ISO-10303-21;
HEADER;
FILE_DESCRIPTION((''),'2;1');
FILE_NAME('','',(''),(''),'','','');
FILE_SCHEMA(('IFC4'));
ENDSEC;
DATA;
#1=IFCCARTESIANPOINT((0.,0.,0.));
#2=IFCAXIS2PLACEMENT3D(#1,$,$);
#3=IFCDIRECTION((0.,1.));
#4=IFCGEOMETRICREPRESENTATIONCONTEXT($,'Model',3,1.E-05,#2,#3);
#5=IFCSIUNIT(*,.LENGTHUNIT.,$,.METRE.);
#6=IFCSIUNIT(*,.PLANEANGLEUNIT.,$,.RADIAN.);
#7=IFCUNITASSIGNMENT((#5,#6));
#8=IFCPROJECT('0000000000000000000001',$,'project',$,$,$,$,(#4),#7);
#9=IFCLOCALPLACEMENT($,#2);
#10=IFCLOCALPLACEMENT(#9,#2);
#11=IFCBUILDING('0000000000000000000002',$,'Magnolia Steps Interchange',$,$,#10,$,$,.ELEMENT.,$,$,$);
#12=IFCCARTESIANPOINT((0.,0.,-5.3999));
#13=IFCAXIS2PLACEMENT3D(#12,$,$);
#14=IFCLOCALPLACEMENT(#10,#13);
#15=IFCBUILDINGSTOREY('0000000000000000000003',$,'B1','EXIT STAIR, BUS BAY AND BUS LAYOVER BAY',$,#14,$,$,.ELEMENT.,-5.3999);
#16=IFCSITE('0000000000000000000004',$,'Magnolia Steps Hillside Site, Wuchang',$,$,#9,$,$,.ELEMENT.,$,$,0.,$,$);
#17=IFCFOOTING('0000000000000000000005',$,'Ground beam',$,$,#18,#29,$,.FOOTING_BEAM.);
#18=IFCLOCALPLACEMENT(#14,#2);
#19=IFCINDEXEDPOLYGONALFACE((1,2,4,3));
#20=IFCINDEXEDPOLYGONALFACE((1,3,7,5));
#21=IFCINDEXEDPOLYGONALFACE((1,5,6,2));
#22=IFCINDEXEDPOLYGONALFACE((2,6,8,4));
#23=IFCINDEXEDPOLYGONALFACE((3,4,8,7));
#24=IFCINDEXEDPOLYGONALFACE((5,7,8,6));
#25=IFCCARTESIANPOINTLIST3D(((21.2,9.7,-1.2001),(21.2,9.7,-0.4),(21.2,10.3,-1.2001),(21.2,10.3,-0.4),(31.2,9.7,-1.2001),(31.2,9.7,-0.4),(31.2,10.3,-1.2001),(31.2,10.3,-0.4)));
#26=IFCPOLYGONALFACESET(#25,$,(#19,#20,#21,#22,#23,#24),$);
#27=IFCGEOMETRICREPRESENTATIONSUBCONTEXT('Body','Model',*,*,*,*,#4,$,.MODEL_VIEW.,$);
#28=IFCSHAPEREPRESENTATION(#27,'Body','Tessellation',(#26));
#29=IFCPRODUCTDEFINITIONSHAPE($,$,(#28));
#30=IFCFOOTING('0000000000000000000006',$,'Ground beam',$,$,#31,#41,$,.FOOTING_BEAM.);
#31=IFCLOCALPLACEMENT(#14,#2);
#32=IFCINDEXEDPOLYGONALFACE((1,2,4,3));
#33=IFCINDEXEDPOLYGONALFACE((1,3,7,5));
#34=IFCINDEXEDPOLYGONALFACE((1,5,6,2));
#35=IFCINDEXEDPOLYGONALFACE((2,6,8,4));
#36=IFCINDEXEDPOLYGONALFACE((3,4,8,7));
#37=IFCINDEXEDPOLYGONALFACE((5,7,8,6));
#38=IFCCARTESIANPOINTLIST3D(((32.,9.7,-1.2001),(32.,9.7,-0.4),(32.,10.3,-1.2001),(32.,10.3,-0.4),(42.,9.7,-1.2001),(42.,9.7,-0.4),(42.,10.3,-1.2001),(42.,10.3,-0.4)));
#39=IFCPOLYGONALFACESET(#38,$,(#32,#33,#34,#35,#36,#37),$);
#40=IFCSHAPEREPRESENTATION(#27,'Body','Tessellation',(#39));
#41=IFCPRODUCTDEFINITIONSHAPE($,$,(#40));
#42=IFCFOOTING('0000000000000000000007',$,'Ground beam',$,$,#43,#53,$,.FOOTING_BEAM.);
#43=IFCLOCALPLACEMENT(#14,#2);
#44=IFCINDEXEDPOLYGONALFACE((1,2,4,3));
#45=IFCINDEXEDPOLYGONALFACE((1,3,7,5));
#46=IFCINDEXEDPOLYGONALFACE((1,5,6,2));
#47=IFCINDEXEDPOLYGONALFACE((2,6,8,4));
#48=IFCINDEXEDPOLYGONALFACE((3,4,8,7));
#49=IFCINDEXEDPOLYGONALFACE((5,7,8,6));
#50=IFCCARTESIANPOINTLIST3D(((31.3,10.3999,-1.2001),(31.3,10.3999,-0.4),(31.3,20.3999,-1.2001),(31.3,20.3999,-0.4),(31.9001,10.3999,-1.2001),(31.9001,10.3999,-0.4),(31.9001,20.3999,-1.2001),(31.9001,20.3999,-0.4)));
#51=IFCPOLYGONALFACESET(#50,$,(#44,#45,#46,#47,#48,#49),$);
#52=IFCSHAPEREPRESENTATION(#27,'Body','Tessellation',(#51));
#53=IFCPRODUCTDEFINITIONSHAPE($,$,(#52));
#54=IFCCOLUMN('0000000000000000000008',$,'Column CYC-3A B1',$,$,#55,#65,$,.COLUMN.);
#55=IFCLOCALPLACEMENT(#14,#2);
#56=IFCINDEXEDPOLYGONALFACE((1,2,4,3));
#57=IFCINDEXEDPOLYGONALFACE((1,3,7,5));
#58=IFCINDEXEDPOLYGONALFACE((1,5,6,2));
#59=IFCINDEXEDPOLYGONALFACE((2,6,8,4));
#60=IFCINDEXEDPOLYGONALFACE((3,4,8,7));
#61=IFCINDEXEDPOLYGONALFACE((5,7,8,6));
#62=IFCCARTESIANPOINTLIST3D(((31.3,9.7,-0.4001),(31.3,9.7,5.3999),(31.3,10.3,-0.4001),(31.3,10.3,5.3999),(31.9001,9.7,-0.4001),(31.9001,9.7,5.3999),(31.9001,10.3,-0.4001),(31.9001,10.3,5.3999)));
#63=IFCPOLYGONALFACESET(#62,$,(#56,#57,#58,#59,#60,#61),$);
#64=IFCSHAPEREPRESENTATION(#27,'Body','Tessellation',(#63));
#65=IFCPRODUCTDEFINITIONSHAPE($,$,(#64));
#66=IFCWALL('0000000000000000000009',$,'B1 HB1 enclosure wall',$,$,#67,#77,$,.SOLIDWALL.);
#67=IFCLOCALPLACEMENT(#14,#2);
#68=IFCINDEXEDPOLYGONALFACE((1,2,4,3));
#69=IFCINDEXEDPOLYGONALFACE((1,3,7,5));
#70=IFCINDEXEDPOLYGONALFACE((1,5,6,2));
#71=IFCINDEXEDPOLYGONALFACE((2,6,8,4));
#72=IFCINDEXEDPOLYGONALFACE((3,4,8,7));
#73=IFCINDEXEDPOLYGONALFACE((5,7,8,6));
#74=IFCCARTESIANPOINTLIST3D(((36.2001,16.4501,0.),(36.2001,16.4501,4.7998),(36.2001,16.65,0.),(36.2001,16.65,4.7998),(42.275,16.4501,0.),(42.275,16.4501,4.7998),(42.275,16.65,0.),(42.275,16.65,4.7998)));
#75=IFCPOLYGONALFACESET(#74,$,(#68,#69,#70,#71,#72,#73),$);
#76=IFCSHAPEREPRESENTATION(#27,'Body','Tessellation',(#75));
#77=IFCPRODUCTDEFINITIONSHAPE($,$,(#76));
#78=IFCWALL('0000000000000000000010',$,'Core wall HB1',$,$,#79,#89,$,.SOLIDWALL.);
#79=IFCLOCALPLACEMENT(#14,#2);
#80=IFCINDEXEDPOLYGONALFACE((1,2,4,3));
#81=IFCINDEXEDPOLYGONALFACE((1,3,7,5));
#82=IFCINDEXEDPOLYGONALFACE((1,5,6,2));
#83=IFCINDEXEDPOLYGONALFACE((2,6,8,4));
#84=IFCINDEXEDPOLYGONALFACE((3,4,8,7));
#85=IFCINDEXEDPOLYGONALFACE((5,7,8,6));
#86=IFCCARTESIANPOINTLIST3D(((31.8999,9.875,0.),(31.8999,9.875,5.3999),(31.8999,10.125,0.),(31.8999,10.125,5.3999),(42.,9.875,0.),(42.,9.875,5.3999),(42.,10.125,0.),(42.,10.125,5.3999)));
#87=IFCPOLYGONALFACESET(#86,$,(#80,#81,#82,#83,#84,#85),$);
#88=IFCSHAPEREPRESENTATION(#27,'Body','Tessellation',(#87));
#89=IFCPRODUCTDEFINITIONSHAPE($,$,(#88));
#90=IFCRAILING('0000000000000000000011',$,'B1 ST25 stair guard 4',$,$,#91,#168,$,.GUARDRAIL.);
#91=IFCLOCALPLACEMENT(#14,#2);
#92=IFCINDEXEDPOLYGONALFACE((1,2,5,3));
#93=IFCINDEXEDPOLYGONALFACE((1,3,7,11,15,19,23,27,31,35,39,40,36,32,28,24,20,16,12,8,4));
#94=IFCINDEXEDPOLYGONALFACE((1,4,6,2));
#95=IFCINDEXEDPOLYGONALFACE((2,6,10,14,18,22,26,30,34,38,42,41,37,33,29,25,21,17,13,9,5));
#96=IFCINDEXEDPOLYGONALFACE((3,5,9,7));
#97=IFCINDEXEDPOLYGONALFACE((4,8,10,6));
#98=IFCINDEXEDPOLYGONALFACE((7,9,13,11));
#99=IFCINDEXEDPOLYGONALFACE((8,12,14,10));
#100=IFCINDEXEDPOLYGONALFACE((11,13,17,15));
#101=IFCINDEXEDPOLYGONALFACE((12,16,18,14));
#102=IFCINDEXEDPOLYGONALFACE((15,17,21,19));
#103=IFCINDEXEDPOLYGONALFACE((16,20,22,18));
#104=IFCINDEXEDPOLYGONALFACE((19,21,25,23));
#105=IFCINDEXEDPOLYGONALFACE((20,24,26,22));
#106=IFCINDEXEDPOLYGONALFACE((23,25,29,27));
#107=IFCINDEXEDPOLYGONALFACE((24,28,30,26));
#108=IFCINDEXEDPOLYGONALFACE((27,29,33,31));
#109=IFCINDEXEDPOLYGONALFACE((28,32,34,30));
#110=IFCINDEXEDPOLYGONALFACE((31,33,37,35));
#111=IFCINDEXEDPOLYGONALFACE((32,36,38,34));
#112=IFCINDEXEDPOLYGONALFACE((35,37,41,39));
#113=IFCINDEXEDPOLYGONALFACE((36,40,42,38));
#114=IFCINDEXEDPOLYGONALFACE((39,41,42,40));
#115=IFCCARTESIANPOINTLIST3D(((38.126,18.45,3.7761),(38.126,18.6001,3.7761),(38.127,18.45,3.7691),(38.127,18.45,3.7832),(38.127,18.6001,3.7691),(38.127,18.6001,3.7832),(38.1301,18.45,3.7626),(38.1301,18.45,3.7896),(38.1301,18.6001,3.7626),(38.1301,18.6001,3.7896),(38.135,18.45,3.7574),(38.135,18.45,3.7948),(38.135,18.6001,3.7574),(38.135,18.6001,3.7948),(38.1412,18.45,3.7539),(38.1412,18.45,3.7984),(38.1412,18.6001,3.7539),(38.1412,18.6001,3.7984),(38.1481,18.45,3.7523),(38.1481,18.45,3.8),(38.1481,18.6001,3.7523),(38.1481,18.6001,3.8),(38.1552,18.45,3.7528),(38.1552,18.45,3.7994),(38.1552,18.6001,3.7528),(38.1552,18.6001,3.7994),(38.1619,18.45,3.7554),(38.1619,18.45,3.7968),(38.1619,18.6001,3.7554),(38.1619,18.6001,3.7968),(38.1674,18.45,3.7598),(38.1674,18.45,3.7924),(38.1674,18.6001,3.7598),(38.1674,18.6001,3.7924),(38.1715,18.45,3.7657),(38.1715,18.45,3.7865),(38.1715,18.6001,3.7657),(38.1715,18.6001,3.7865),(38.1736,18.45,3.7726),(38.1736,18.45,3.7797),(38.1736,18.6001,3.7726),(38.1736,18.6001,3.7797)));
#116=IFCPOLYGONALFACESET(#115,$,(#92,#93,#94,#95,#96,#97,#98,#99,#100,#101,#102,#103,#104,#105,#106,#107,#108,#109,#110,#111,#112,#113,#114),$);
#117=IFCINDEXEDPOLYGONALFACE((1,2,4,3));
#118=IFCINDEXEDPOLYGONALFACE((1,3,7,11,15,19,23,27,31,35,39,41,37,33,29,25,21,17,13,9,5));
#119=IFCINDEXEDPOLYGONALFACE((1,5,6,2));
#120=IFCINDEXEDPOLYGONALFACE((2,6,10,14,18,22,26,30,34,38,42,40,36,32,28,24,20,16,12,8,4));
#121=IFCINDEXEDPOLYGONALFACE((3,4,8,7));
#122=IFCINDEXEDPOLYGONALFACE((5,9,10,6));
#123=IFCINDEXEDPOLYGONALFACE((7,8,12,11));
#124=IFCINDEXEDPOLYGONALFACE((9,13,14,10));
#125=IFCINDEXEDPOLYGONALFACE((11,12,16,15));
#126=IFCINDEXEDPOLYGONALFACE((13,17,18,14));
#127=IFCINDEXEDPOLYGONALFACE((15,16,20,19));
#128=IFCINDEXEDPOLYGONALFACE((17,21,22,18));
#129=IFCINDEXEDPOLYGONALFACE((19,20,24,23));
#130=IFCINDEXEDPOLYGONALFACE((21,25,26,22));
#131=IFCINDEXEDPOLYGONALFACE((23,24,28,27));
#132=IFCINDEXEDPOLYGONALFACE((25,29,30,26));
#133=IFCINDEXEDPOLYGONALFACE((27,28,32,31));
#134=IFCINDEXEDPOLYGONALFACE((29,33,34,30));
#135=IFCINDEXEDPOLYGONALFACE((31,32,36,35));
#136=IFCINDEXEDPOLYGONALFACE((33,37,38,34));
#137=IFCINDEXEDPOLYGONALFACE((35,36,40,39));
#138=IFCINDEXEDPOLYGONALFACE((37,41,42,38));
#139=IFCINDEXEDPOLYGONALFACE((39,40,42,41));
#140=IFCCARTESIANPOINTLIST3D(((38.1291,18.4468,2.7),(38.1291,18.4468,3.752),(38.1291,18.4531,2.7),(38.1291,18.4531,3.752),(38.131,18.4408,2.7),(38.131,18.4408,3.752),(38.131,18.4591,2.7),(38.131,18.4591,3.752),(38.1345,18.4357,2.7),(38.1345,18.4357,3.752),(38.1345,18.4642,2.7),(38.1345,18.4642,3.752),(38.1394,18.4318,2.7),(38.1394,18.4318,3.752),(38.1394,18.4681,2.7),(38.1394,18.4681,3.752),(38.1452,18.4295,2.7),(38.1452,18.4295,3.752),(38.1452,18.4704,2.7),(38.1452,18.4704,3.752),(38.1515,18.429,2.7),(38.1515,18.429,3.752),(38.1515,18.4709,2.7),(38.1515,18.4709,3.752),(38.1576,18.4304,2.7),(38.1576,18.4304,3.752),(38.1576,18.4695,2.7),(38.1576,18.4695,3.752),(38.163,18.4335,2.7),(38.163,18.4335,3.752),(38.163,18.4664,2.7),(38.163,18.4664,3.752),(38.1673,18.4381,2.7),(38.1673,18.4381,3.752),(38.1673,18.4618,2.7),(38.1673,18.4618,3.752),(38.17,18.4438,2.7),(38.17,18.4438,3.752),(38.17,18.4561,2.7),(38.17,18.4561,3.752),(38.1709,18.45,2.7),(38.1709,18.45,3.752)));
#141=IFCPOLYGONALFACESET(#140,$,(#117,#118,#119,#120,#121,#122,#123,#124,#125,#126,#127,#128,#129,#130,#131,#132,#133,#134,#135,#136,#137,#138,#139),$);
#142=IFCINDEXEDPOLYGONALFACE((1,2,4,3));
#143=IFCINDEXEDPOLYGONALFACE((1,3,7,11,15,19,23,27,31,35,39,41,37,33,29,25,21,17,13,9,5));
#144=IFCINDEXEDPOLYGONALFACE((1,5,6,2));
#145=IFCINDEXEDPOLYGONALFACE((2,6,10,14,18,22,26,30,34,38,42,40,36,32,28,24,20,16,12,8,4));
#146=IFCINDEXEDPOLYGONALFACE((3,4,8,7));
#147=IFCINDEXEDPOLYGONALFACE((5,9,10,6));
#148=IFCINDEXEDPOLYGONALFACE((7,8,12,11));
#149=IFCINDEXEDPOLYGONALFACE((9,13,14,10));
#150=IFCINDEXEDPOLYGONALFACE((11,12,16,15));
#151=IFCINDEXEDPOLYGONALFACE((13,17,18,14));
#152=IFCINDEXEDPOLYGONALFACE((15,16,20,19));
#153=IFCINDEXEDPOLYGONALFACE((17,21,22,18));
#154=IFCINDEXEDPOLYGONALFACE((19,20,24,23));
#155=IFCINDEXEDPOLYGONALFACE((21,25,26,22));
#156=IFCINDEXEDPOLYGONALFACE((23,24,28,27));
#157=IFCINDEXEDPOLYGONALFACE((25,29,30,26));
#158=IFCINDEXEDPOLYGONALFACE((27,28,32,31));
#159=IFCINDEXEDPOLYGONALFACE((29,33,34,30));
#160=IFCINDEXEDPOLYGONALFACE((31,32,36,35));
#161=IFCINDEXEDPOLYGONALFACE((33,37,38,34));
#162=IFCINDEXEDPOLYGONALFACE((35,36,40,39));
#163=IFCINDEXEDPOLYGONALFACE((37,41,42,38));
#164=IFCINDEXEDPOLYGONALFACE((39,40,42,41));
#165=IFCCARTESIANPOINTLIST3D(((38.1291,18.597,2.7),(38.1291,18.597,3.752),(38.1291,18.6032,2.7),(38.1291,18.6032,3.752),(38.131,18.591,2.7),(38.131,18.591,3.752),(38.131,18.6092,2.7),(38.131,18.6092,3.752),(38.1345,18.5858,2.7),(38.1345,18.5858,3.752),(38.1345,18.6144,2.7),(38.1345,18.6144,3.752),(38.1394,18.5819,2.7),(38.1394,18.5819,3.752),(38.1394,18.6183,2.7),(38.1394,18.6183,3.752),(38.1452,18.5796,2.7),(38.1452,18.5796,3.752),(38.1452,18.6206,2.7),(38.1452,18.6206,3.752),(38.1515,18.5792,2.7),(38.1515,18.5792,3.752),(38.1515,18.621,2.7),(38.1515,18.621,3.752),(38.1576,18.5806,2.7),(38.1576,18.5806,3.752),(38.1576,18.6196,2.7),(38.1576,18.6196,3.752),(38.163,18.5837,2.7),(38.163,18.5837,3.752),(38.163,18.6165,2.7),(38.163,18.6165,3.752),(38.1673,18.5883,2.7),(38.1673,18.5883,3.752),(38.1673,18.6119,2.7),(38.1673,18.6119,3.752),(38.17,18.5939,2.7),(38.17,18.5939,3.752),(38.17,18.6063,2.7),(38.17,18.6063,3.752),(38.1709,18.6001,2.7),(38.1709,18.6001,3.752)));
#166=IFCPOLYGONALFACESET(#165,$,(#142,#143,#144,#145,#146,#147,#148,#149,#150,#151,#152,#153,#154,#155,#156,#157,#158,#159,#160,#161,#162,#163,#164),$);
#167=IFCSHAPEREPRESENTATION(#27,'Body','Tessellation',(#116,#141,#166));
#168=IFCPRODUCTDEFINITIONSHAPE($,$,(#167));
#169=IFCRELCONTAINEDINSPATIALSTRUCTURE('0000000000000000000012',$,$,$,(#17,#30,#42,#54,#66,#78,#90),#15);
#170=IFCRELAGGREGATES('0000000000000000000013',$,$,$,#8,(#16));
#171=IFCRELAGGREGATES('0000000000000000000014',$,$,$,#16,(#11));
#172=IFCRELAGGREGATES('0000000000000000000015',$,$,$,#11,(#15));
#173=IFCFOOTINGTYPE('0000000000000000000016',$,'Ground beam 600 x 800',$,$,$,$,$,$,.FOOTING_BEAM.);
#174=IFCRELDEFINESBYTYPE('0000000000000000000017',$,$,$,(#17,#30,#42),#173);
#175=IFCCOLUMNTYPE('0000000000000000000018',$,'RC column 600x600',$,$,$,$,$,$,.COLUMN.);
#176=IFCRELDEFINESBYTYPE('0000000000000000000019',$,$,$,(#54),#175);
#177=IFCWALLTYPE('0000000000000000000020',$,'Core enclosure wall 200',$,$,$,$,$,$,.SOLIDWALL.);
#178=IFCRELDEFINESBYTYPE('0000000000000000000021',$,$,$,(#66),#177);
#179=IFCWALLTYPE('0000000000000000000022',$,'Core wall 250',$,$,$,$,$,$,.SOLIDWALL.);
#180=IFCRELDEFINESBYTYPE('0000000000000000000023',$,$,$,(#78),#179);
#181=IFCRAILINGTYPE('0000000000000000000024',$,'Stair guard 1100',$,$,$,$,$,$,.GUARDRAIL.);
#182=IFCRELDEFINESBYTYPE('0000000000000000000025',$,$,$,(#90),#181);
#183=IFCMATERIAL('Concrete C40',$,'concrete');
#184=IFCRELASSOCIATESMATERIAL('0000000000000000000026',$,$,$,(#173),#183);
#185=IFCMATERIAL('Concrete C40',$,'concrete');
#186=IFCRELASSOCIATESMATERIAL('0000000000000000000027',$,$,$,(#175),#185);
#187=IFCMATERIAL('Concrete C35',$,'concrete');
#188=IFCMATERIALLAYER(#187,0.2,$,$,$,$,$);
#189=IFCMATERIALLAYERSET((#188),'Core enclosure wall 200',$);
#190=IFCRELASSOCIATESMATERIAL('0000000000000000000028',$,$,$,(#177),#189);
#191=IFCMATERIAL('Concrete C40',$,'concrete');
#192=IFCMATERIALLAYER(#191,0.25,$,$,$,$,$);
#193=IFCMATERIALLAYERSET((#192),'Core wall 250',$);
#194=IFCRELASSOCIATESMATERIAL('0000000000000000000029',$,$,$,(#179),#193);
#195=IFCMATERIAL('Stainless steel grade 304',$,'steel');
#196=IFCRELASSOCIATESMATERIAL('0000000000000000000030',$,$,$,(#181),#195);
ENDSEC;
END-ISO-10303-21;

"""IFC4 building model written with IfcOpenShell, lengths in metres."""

from ifc_helpers import new_model, si_unit, direction, frame, frame_2d, origin, origin_2d, place, context, subcontext, project, spatial, rectangle, circle, extrude, material, layer, layer_set, material_profile, profile_set, type_object, element, save


model = new_model("IFC4")

# Units and contexts
model_context = context("Model", 3, precision=1e-05, world=origin(), true_north=direction((0.0, 1.0)))
body_context = subcontext(model_context, "Body", "Model", "MODEL_VIEW")
ifc_project = project(units=[si_unit("LENGTHUNIT", "METRE"), si_unit("PLANEANGLEUNIT", "RADIAN")], contexts=[model_context])

# Site, building, storey
site_placement = place(None, origin())
site = spatial("IfcSite", under=ifc_project, at=site_placement, Name="Magnolia Steps Hillside Site, Wuchang", CompositionType="ELEMENT", RefElevation=0.0)
building_placement = place(site_placement, origin())
building = spatial("IfcBuilding", under=site, at=building_placement, Name="Magnolia Steps Interchange", CompositionType="ELEMENT")
storey_placement = place(building_placement, frame((0.0, 0.0, -5.3999)))
storey = spatial("IfcBuildingStorey", under=building, at=storey_placement, Name="B1", Description="EXIT STAIR, BUS BAY AND BUS LAYOVER BAY", CompositionType="ELEMENT", Elevation=-5.3999)

# Footings
ifc_material_1 = material(Name="Concrete C40", Category="concrete")
ifc_material_profile_1 = material_profile(ifc_material_1, rectangle(XDim=0.6001, YDim=0.8, at=origin_2d()), Name="RC600x800")
ifc_profile_set_1 = profile_set([ifc_material_profile_1], Name="Concrete C40")
footing_type = type_object("IfcFootingType", Name="Ground beam 600 x 800", PredefinedType="FOOTING_BEAM", material=ifc_profile_set_1)
for number, where, z_axis, x_axis, name in (
    (1, (21.2, 10.0, -0.8), (1.0, 0.0, 0.0), (0.0, 1.0, 0.0), "Ground beam"),
    (2, (32.0, 10.0, -0.8), (1.0, 0.0, 0.0), (0.0, 1.0, 0.0), "Ground beam"),
    (3, (31.6001, 10.3999, -0.8), (0.0, 1.0, 0.0), (-1.0, 0.0, 0.0), "Ground beam"),
):
    element("IfcFooting", number, at=place(storey_placement, frame(where, z_axis=z_axis, x_axis=x_axis)), inside=storey, type_object=footing_type, Name=name, PredefinedType="FOOTING_BEAM", context=body_context, shape_type="SweptSolid", body=[
        extrude(rectangle(XDim=0.6001, YDim=0.8, at=origin_2d()), origin(), (0.0, 0.0, 1.0), 10.0),
    ])

# Column
ifc_material_2 = material(Name="Concrete C40", Category="concrete")
ifc_material_profile_2 = material_profile(ifc_material_2, rectangle(XDim=0.6001, YDim=0.6001, at=origin_2d()), Name="RC600x600")
ifc_profile_set_2 = profile_set([ifc_material_profile_2], Name="Concrete C40")
column_type = type_object("IfcColumnType", Name="RC column 600x600", PredefinedType="COLUMN", material=ifc_profile_set_2)
column_placement = place(storey_placement, frame((31.6001, 10.0, -0.4001), z_axis=(0.0, 0.0, 1.0), x_axis=(1.0, 0.0, 0.0)))
element("IfcColumn", 4, at=column_placement, inside=storey, type_object=column_type, Name="Column CYC-3A B1", PredefinedType="COLUMN", context=body_context, shape_type="SweptSolid", body=[
    extrude(rectangle(XDim=0.6001, YDim=0.6001, at=origin_2d()), origin(), (0.0, 0.0, 1.0), 5.8),
])

# Walls
ifc_material_3 = material(Name="Concrete C35", Category="concrete")
ifc_layer_1 = layer(ifc_material_3, 0.2)
ifc_layer_set_1 = layer_set([ifc_layer_1], Name="Core enclosure wall 200")
wall_type_1 = type_object("IfcWallType", Name="Core enclosure wall 200", PredefinedType="SOLIDWALL", material=ifc_layer_set_1)
wall_1_placement = place(storey_placement, frame((36.2, 16.55, 0.0), z_axis=(0.0, 0.0, 1.0), x_axis=(1.0, 0.0, 0.0)))
element("IfcWall", 5, at=wall_1_placement, inside=storey, type_object=wall_type_1, Name="B1 HB1 enclosure wall", PredefinedType="SOLIDWALL", context=body_context, shape_type="SweptSolid", body=[
    extrude(rectangle(XDim=6.075, YDim=0.2, at=frame_2d((3.0376, 0.0))), origin(), (0.0, 0.0, 1.0), 4.7998),
])
ifc_material_4 = material(Name="Concrete C40", Category="concrete")
ifc_layer_2 = layer(ifc_material_4, 0.25)
ifc_layer_set_2 = layer_set([ifc_layer_2], Name="Core wall 250")
wall_type_2 = type_object("IfcWallType", Name="Core wall 250", PredefinedType="SOLIDWALL", material=ifc_layer_set_2)
wall_2_placement = place(storey_placement, frame((31.8999, 10.0, 0.0), z_axis=(0.0, 0.0, 1.0), x_axis=(1.0, 0.0, 0.0)))
element("IfcWall", 6, at=wall_2_placement, inside=storey, type_object=wall_type_2, Name="Core wall HB1", PredefinedType="SOLIDWALL", context=body_context, shape_type="SweptSolid", body=[
    extrude(rectangle(XDim=10.1001, YDim=0.25, at=frame_2d((5.05, 0.0))), origin(), (0.0, 0.0, 1.0), 5.3999),
])

# Railing
ifc_material_5 = material(Name="Stainless steel grade 304", Category="steel")
railing_type_1 = type_object("IfcRailingType", Name="Stair guard 1100", PredefinedType="GUARDRAIL", material=ifc_material_5)
for number, where, name in (
    (7, (38.1499, 18.45, 2.7), "B1 ST25 stair guard 4"),
):
    element("IfcRailing", number, at=place(storey_placement, frame(where)), inside=storey, type_object=railing_type_1, Name=name, PredefinedType="GUARDRAIL", context=body_context, shape_type="SweptSolid", body=[
        extrude(circle(Radius=0.0239, at=origin_2d()), frame((0.0, 0.0, 1.0762), z_axis=(0.0, 1.0, 0.0), x_axis=(-1.0, 0.0, 0.0)), (0.0, 0.0, 1.0), 0.1501),
        extrude(circle(Radius=0.021, at=origin_2d()), origin(), (0.0, 0.0, 1.0), 1.052),
        extrude(circle(Radius=0.021, at=origin_2d()), frame((0.0, 0.1501, 0.0)), (0.0, 0.0, 1.0), 1.052),
    ])

save(model, "model.ifc")
